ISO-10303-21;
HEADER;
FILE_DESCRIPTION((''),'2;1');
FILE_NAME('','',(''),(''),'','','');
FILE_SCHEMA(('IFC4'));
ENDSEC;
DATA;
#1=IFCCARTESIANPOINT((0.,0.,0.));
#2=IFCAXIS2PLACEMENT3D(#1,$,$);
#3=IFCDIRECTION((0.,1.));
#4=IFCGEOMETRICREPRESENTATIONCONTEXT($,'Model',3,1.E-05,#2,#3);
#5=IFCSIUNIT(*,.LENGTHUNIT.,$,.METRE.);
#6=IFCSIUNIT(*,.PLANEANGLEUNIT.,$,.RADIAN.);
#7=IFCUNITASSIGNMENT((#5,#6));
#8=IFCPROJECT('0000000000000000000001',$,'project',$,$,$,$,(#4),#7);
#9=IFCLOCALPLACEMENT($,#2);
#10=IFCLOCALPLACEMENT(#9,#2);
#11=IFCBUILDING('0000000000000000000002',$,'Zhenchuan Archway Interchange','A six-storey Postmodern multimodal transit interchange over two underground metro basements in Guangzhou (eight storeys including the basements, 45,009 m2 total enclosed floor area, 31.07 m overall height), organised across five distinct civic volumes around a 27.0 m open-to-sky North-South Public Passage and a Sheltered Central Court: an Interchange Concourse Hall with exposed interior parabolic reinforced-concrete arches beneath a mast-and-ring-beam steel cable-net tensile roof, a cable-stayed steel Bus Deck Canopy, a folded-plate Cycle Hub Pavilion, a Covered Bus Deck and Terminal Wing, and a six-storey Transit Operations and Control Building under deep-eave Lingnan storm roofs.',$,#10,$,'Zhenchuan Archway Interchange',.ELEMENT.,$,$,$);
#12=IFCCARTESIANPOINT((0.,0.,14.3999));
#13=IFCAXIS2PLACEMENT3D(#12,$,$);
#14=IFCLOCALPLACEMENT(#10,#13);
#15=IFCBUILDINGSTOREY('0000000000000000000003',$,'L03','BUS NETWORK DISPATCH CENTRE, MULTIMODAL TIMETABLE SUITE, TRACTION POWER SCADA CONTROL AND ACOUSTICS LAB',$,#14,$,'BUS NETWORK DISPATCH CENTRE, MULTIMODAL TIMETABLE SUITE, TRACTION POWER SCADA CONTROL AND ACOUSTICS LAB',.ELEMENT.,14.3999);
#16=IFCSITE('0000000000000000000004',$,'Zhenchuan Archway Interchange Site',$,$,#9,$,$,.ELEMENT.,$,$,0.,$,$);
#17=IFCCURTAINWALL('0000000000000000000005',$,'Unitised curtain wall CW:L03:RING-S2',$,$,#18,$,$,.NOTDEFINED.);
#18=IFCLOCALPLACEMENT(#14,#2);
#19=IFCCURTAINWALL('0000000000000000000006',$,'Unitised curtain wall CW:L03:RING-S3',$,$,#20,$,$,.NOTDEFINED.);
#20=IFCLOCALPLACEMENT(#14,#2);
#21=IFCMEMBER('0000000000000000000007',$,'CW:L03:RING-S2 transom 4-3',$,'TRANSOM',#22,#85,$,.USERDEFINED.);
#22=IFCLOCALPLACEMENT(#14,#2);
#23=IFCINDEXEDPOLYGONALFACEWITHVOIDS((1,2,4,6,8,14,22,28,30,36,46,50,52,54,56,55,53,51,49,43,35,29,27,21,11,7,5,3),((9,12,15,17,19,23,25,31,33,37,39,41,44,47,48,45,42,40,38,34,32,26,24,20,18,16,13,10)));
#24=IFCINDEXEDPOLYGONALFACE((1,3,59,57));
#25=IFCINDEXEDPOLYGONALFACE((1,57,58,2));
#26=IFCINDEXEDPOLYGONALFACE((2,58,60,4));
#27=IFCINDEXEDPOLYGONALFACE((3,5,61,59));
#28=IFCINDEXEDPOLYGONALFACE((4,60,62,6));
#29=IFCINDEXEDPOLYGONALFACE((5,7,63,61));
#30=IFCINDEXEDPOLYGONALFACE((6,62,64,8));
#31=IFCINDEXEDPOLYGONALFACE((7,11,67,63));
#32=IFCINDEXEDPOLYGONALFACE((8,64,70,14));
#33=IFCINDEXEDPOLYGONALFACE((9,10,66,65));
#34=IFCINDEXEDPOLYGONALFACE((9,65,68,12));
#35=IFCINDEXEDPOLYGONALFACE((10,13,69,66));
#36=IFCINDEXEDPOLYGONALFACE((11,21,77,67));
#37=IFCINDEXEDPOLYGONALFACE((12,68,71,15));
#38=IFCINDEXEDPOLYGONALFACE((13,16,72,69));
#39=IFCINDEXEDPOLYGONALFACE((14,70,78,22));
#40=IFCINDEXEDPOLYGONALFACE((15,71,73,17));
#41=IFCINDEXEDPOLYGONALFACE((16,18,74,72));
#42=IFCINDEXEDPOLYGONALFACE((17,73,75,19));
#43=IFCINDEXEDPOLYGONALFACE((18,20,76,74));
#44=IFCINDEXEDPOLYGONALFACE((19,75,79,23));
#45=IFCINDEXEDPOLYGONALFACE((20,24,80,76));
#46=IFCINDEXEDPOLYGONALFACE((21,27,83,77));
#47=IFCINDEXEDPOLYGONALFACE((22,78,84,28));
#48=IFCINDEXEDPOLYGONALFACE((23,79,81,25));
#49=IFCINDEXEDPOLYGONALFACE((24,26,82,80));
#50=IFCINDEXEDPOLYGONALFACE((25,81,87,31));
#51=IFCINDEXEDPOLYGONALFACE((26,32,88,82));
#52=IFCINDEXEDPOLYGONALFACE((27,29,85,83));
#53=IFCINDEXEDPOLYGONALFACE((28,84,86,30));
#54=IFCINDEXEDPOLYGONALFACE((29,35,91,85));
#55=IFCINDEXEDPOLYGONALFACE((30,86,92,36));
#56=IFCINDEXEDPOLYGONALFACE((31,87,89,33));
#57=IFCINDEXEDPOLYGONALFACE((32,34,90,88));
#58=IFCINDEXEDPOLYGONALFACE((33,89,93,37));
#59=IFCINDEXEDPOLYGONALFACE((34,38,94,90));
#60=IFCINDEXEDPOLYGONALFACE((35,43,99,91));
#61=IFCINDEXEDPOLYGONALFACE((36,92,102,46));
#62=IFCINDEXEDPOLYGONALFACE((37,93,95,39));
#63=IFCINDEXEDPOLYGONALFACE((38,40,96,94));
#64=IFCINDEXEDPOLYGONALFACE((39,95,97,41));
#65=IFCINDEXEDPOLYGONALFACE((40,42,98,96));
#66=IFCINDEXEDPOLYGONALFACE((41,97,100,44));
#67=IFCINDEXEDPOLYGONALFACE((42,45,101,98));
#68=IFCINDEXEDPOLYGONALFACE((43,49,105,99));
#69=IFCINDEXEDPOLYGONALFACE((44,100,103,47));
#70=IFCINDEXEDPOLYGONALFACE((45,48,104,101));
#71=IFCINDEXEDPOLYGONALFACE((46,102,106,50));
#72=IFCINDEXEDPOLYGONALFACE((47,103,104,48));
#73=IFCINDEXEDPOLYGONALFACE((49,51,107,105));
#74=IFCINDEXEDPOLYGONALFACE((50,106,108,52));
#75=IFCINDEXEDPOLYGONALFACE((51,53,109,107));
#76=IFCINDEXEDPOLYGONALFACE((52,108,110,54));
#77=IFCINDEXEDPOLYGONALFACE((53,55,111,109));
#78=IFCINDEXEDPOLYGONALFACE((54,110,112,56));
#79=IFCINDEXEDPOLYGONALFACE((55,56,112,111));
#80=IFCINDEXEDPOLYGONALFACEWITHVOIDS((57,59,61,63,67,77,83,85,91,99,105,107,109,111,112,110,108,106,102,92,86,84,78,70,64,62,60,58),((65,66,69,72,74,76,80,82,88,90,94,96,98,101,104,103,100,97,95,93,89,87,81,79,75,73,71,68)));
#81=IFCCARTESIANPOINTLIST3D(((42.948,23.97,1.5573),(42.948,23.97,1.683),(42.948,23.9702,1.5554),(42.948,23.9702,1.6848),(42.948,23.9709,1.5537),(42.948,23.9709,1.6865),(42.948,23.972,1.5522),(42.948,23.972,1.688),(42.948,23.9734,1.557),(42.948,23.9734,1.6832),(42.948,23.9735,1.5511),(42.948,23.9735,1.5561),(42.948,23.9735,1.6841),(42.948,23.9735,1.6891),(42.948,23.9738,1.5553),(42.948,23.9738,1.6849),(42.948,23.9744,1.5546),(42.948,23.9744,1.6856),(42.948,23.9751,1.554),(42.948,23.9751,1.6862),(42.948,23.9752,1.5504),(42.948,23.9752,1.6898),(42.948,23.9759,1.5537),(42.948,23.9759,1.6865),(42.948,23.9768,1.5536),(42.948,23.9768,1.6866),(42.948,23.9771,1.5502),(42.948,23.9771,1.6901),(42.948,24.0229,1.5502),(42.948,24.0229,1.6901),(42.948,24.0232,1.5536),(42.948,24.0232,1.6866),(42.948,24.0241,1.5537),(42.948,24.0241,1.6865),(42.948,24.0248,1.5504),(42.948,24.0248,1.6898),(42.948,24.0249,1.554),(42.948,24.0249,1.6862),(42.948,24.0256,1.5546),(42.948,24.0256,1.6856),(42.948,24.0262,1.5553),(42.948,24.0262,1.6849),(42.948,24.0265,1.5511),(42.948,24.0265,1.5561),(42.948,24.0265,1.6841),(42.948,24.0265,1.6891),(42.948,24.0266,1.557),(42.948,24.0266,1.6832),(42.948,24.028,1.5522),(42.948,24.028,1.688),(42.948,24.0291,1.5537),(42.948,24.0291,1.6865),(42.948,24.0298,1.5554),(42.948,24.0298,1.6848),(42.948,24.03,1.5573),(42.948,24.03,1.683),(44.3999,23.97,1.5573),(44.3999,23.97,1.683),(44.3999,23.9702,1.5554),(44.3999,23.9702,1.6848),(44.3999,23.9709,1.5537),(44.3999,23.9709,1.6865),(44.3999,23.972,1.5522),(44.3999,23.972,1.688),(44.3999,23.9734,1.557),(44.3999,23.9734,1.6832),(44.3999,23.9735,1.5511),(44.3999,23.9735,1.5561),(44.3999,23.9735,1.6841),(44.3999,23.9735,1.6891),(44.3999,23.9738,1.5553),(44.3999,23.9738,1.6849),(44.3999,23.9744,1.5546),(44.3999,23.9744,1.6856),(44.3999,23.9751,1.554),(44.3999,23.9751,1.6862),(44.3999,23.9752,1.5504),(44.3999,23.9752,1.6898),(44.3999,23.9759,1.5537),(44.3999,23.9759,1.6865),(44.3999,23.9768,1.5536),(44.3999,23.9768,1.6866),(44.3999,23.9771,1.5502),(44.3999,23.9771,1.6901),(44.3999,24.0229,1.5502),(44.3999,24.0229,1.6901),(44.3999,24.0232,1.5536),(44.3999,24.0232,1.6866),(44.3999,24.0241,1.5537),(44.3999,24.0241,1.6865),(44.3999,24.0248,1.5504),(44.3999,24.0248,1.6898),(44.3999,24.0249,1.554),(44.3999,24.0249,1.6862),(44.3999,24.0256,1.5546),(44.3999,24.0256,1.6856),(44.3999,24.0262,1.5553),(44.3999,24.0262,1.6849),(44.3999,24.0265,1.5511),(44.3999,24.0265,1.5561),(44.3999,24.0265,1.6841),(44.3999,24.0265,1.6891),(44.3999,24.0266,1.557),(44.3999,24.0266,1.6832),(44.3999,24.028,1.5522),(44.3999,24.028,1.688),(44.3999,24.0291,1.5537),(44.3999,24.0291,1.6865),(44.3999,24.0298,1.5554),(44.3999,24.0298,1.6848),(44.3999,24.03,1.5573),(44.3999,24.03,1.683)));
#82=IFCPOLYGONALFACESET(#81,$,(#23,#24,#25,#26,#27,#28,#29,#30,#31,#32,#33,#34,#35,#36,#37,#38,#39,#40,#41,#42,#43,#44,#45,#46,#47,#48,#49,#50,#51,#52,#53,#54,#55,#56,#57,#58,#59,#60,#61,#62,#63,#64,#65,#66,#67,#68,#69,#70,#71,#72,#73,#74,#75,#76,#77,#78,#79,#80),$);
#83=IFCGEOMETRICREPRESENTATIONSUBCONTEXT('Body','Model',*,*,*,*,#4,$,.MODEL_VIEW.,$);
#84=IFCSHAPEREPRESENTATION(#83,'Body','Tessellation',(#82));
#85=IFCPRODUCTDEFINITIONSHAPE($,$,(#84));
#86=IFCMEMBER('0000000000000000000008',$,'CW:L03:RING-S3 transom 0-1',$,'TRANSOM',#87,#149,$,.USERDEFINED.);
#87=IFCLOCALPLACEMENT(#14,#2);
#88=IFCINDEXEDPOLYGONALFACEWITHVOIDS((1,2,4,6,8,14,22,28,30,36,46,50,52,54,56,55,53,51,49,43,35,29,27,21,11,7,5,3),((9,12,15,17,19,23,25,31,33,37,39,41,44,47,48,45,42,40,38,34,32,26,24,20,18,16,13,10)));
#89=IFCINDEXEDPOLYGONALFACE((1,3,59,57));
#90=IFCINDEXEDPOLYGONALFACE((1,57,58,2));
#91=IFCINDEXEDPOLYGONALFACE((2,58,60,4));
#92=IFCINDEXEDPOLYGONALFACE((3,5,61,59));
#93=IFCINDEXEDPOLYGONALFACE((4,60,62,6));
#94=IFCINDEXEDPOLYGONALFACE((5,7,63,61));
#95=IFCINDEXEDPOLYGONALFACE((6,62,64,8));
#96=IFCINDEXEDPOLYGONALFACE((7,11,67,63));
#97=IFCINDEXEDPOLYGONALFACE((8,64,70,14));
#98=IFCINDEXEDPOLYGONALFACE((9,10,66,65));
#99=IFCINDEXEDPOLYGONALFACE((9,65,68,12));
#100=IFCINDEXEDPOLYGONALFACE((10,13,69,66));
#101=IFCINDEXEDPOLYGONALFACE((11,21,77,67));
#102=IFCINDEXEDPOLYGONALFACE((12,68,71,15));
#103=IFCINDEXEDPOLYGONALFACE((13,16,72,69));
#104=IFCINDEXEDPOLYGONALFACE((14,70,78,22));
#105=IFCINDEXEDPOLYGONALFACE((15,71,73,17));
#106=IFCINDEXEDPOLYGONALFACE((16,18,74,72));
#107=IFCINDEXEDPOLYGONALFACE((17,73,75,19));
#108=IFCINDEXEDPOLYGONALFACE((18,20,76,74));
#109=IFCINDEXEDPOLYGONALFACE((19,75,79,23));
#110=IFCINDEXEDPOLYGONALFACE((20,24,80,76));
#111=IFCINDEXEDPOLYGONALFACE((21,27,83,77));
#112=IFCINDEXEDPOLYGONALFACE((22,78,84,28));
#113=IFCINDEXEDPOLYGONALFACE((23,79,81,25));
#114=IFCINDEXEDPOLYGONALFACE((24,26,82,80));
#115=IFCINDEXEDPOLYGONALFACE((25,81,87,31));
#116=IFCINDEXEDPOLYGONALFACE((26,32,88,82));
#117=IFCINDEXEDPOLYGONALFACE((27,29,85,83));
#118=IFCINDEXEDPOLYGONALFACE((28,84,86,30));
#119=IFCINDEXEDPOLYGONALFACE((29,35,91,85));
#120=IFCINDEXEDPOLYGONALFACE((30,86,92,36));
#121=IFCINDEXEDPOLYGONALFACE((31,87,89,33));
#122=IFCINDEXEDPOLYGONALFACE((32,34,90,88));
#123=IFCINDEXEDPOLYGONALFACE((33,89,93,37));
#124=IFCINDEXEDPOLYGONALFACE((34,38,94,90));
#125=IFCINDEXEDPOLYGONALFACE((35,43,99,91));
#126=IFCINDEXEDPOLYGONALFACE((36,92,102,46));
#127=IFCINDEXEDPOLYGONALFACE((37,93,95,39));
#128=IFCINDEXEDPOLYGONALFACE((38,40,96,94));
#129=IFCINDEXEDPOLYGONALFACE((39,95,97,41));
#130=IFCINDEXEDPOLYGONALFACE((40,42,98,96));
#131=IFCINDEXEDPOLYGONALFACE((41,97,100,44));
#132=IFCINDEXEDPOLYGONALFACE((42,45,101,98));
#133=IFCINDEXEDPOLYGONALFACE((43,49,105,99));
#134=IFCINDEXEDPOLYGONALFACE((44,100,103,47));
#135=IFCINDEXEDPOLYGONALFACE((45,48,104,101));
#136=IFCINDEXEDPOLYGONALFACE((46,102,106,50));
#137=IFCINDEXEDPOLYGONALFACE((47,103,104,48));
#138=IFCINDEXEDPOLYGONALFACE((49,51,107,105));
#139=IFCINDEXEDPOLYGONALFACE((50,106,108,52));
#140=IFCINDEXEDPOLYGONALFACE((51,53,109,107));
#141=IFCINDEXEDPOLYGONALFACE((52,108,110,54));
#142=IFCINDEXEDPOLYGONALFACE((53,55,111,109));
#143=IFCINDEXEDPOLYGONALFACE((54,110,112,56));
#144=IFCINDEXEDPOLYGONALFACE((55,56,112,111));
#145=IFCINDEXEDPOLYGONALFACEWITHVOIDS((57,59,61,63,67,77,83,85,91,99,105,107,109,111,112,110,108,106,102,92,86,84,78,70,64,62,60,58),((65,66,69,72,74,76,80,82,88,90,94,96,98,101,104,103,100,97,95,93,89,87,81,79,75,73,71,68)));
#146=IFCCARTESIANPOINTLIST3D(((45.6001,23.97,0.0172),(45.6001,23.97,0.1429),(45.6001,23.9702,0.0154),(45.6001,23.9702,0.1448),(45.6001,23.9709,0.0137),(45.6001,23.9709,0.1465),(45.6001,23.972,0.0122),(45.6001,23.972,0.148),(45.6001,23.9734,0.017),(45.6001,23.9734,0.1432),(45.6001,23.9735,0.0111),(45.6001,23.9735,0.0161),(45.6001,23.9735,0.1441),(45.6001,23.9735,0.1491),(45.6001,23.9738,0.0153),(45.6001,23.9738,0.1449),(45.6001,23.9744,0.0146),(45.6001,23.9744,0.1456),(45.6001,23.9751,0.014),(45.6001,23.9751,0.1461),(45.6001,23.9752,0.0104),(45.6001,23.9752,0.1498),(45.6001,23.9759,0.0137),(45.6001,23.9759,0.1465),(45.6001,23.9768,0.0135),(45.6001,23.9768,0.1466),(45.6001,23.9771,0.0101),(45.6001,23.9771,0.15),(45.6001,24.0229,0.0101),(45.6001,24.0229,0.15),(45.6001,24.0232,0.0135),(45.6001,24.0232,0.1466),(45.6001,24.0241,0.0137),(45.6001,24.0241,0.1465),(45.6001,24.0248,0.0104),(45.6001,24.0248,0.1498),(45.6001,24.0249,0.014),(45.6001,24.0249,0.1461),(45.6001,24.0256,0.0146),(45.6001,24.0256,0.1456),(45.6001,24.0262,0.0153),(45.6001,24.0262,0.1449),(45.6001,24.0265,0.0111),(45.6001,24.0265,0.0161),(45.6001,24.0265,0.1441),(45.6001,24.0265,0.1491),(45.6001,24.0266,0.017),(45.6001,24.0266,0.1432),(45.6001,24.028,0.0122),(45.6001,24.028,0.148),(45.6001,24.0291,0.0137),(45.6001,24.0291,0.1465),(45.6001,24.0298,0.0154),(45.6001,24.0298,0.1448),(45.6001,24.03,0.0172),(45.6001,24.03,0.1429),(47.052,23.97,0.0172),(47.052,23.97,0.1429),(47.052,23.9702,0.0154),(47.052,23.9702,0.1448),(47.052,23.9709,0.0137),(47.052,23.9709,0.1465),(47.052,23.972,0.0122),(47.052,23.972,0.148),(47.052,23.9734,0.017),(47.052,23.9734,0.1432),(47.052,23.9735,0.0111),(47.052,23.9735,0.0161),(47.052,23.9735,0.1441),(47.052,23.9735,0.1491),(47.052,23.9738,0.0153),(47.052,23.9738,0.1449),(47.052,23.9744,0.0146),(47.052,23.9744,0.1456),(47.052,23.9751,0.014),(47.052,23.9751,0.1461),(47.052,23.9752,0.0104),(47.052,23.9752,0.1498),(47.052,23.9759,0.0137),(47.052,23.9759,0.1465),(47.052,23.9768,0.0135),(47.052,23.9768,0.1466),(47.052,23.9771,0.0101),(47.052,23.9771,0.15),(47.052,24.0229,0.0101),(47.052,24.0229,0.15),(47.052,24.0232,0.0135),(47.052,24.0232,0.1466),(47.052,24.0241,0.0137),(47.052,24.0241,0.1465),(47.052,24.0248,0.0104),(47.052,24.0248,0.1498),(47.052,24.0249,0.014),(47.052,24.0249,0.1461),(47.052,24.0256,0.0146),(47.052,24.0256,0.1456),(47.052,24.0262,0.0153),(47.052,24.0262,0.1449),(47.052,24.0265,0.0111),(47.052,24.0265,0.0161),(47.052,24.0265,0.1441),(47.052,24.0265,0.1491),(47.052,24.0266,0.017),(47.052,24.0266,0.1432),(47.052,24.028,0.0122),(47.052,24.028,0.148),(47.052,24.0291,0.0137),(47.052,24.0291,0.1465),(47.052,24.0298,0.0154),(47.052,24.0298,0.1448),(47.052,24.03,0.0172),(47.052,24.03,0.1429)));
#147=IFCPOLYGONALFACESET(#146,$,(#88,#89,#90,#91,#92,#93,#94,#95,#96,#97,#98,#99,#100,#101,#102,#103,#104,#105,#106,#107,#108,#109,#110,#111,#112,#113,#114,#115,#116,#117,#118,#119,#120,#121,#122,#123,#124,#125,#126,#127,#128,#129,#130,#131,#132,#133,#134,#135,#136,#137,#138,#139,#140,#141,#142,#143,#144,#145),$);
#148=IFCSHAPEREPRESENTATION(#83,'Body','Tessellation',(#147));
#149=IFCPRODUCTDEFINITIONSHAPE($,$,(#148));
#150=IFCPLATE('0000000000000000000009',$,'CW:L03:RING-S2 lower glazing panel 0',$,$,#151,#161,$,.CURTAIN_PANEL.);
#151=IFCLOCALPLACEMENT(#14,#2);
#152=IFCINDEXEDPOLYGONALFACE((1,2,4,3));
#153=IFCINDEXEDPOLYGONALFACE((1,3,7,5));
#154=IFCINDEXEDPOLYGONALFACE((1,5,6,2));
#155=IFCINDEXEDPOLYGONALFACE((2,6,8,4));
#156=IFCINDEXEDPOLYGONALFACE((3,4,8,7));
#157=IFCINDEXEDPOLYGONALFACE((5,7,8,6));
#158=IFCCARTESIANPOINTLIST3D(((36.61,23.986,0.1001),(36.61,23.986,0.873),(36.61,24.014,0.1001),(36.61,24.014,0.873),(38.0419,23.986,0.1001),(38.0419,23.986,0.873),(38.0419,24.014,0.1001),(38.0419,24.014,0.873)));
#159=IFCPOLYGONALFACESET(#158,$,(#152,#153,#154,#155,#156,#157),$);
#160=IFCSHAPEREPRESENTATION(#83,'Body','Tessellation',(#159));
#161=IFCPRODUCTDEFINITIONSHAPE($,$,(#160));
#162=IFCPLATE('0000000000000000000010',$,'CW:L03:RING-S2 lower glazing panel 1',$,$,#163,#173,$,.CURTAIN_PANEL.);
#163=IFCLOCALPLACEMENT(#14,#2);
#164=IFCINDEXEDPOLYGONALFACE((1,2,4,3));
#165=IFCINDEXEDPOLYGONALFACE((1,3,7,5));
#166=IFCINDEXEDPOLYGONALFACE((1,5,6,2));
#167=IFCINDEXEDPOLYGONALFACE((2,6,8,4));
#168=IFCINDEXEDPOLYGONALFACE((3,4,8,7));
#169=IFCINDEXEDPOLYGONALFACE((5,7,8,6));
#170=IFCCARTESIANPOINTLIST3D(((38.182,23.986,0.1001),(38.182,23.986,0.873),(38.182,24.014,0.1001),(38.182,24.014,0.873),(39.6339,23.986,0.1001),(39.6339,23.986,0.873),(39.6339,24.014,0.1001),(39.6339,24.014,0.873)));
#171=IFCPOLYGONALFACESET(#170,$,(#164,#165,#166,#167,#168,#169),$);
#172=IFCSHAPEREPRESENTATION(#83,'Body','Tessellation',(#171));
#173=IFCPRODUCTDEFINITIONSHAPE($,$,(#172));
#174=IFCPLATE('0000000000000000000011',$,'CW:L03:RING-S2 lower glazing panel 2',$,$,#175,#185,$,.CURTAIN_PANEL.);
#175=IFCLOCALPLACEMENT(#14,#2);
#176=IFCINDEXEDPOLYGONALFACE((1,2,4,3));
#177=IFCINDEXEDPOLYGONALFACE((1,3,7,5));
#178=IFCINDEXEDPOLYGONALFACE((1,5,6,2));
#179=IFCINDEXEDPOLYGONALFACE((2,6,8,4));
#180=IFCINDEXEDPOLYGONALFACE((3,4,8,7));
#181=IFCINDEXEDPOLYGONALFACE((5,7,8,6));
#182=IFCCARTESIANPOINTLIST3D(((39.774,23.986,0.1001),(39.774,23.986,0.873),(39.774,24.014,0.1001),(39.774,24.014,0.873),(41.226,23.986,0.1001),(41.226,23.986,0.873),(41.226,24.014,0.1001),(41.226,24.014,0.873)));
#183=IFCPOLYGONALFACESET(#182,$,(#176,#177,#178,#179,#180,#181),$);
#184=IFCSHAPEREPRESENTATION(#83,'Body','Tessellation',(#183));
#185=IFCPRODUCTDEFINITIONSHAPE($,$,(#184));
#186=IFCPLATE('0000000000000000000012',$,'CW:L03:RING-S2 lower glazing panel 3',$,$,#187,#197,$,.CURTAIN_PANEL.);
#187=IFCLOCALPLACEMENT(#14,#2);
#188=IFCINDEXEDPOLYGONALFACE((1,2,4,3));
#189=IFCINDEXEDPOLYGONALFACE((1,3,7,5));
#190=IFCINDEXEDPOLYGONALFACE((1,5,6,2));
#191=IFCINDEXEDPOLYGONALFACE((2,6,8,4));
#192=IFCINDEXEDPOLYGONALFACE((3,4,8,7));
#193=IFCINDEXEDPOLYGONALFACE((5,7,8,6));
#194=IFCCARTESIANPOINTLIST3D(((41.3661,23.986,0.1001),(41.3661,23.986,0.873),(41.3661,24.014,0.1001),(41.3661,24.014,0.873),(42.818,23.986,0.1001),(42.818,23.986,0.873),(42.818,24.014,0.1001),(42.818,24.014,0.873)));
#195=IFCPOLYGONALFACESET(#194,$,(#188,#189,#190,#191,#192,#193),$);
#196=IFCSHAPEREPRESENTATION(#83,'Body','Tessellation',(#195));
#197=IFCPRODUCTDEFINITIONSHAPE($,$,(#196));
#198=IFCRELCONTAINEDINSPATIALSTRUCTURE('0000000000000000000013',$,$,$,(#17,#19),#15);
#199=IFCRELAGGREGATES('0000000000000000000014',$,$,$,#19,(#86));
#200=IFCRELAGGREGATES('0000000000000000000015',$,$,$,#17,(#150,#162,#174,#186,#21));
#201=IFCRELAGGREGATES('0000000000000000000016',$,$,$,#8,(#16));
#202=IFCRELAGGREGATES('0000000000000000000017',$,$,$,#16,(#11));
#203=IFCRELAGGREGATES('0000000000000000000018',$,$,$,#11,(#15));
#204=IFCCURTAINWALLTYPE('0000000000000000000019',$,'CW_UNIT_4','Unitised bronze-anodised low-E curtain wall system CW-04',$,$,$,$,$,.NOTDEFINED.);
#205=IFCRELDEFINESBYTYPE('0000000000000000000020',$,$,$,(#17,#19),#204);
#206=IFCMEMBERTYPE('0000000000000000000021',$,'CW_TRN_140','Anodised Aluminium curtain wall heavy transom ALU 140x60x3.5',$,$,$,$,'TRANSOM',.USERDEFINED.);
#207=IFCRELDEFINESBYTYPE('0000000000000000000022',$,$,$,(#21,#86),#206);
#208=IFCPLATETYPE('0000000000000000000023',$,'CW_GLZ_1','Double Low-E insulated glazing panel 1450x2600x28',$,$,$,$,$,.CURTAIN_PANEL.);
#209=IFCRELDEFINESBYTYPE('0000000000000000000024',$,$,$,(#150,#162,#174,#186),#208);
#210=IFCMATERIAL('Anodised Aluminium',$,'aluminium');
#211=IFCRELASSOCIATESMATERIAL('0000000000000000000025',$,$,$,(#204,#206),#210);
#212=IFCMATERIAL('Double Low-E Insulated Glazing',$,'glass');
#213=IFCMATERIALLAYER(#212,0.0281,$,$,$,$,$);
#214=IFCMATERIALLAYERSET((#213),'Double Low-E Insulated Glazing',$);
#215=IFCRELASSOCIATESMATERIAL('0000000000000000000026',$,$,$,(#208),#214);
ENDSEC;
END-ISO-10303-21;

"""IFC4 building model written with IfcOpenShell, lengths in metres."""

from ifc_helpers import new_model, si_unit, direction, frame, origin, origin_2d, place, context, subcontext, project, spatial, rectangle, hollow_rectangle, extrude, material, layer, layer_set, material_profile, profile_set, type_object, element, aggregate, save


model = new_model("IFC4")

# Units and contexts
model_context = context("Model", 3, precision=1e-05, world=origin(), true_north=direction((0.0, 1.0)))
body_context = subcontext(model_context, "Body", "Model", "MODEL_VIEW")
ifc_project = project(units=[si_unit("LENGTHUNIT", "METRE"), si_unit("PLANEANGLEUNIT", "RADIAN")], contexts=[model_context])

# Site, building, storey
site_placement = place(None, origin())
site = spatial("IfcSite", under=ifc_project, at=site_placement, Name="Zhenchuan Archway Interchange Site", CompositionType="ELEMENT", RefElevation=0.0)
building_placement = place(site_placement, origin())
building = spatial("IfcBuilding", under=site, at=building_placement, Name="Zhenchuan Archway Interchange", Description="A six-storey Postmodern multimodal transit interchange over two underground metro basements in Guangzhou (eight storeys including the basements, 45,009 m2 total enclosed floor area, 31.07 m overall height), organised across five distinct civic volumes around a 27.0 m open-to-sky North-South Public Passage and a Sheltered Central Court: an Interchange Concourse Hall with exposed interior parabolic reinforced-concrete arches beneath a mast-and-ring-beam steel cable-net tensile roof, a cable-stayed steel Bus Deck Canopy, a folded-plate Cycle Hub Pavilion, a Covered Bus Deck and Terminal Wing, and a six-storey Transit Operations and Control Building under deep-eave Lingnan storm roofs.", LongName="Zhenchuan Archway Interchange", CompositionType="ELEMENT")
storey_placement = place(building_placement, frame((0.0, 0.0, 14.3999)))
storey = spatial("IfcBuildingStorey", under=building, at=storey_placement, Name="L03", Description="BUS NETWORK DISPATCH CENTRE, MULTIMODAL TIMETABLE SUITE, TRACTION POWER SCADA CONTROL AND ACOUSTICS LAB", LongName="BUS NETWORK DISPATCH CENTRE, MULTIMODAL TIMETABLE SUITE, TRACTION POWER SCADA CONTROL AND ACOUSTICS LAB", CompositionType="ELEMENT", Elevation=14.3999)

# Curtain wall
ifc_material_1 = material(Name="Anodised Aluminium", Category="aluminium")
curtain_wall_type = type_object("IfcCurtainWallType", Name="CW_UNIT_4", Description="Unitised bronze-anodised low-E curtain wall system CW-04", PredefinedType="NOTDEFINED", material=ifc_material_1)
curtain_wall_1_placement = place(storey_placement, origin())
curtain_wall_1 = element("IfcCurtainWall", 1, at=curtain_wall_1_placement, inside=storey, type_object=curtain_wall_type, Name="Unitised curtain wall CW:L03:RING-S2", PredefinedType="NOTDEFINED")

# Curtain wall
curtain_wall_2_placement = place(storey_placement, origin())
curtain_wall_2 = element("IfcCurtainWall", 2, at=curtain_wall_2_placement, inside=storey, type_object=curtain_wall_type, Name="Unitised curtain wall CW:L03:RING-S3", PredefinedType="NOTDEFINED")

# Members
ifc_material_profile_1 = material_profile(ifc_material_1, hollow_rectangle(XDim=0.0601, YDim=0.1399, WallThickness=0.0034, InnerFilletRadius=0.0034, OuterFilletRadius=0.0071, at=origin_2d()), Name="ALU 140x60x3.5")
ifc_profile_set_1 = profile_set([ifc_material_profile_1], Name="Anodised Aluminium")
member_type_1 = type_object("IfcMemberType", Name="CW_TRN_140", Description="Anodised Aluminium curtain wall heavy transom ALU 140x60x3.5", ElementType="TRANSOM", PredefinedType="USERDEFINED", material=ifc_profile_set_1)
member_1_placement = place(storey_placement, frame((42.948, 24.0, 1.6201), z_axis=(1.0, 0.0, 0.0), x_axis=(0.0, 1.0, 0.0)))
member_1 = element("IfcMember", 3, at=member_1_placement, type_object=member_type_1, Name="CW:L03:RING-S2 transom 4-3", ObjectType="TRANSOM", PredefinedType="USERDEFINED", context=body_context, shape_type="SweptSolid", body=[
    extrude(hollow_rectangle(XDim=0.0601, YDim=0.1399, WallThickness=0.0034, InnerFilletRadius=0.0034, OuterFilletRadius=0.0071, at=origin_2d()), origin(), (0.0, 0.0, 1.0), 1.4519),
])
member_2_placement = place(storey_placement, frame((45.6001, 24.0, 0.0801), z_axis=(1.0, 0.0, 0.0), x_axis=(0.0, 1.0, 0.0)))
member_2 = element("IfcMember", 4, at=member_2_placement, type_object=member_type_1, Name="CW:L03:RING-S3 transom 0-1", ObjectType="TRANSOM", PredefinedType="USERDEFINED", context=body_context, shape_type="SweptSolid", body=[
    extrude(hollow_rectangle(XDim=0.0601, YDim=0.1399, WallThickness=0.0034, InnerFilletRadius=0.0034, OuterFilletRadius=0.0071, at=origin_2d()), origin(), (0.0, 0.0, 1.0), 1.4519),
])
aggregate(curtain_wall_2, [member_2])

# Plates
ifc_material_2 = material(Name="Double Low-E Insulated Glazing", Category="glass")
ifc_layer_1 = layer(ifc_material_2, 0.0281)
ifc_layer_set_1 = layer_set([ifc_layer_1], Name="Double Low-E Insulated Glazing")
plate_type_1 = type_object("IfcPlateType", Name="CW_GLZ_1", Description="Double Low-E insulated glazing panel 1450x2600x28", PredefinedType="CURTAIN_PANEL", material=ifc_layer_set_1)
plate_1_placement = place(storey_placement, frame((37.3259, 24.0, 0.1001), z_axis=(0.0, 0.0, 1.0), x_axis=(1.0, 0.0, 0.0)))
plate_1 = element("IfcPlate", 5, at=plate_1_placement, type_object=plate_type_1, Name="CW:L03:RING-S2 lower glazing panel 0", PredefinedType="CURTAIN_PANEL", context=body_context, shape_type="SweptSolid", body=[
    extrude(rectangle(XDim=1.4319, YDim=0.0281, at=origin_2d()), origin(), (0.0, 0.0, 1.0), 0.7729),
])
plate_2_placement = place(storey_placement, frame((38.908, 24.0, 0.1001), z_axis=(0.0, 0.0, 1.0), x_axis=(1.0, 0.0, 0.0)))
plate_2 = element("IfcPlate", 6, at=plate_2_placement, type_object=plate_type_1, Name="CW:L03:RING-S2 lower glazing panel 1", PredefinedType="CURTAIN_PANEL", context=body_context, shape_type="SweptSolid", body=[
    extrude(rectangle(XDim=1.4519, YDim=0.0281, at=origin_2d()), origin(), (0.0, 0.0, 1.0), 0.7729),
])
plate_3_placement = place(storey_placement, frame((40.5, 24.0, 0.1001), z_axis=(0.0, 0.0, 1.0), x_axis=(1.0, 0.0, 0.0)))
plate_3 = element("IfcPlate", 7, at=plate_3_placement, type_object=plate_type_1, Name="CW:L03:RING-S2 lower glazing panel 2", PredefinedType="CURTAIN_PANEL", context=body_context, shape_type="SweptSolid", body=[
    extrude(rectangle(XDim=1.4519, YDim=0.0281, at=origin_2d()), origin(), (0.0, 0.0, 1.0), 0.7729),
])
plate_4_placement = place(storey_placement, frame((42.092, 24.0, 0.1001), z_axis=(0.0, 0.0, 1.0), x_axis=(1.0, 0.0, 0.0)))
plate_4 = element("IfcPlate", 8, at=plate_4_placement, type_object=plate_type_1, Name="CW:L03:RING-S2 lower glazing panel 3", PredefinedType="CURTAIN_PANEL", context=body_context, shape_type="SweptSolid", body=[
    extrude(rectangle(XDim=1.4519, YDim=0.0281, at=origin_2d()), origin(), (0.0, 0.0, 1.0), 0.7729),
])
aggregate(curtain_wall_1, [plate_1, plate_2, plate_3, plate_4, member_1])

save(model, "model.ifc")
